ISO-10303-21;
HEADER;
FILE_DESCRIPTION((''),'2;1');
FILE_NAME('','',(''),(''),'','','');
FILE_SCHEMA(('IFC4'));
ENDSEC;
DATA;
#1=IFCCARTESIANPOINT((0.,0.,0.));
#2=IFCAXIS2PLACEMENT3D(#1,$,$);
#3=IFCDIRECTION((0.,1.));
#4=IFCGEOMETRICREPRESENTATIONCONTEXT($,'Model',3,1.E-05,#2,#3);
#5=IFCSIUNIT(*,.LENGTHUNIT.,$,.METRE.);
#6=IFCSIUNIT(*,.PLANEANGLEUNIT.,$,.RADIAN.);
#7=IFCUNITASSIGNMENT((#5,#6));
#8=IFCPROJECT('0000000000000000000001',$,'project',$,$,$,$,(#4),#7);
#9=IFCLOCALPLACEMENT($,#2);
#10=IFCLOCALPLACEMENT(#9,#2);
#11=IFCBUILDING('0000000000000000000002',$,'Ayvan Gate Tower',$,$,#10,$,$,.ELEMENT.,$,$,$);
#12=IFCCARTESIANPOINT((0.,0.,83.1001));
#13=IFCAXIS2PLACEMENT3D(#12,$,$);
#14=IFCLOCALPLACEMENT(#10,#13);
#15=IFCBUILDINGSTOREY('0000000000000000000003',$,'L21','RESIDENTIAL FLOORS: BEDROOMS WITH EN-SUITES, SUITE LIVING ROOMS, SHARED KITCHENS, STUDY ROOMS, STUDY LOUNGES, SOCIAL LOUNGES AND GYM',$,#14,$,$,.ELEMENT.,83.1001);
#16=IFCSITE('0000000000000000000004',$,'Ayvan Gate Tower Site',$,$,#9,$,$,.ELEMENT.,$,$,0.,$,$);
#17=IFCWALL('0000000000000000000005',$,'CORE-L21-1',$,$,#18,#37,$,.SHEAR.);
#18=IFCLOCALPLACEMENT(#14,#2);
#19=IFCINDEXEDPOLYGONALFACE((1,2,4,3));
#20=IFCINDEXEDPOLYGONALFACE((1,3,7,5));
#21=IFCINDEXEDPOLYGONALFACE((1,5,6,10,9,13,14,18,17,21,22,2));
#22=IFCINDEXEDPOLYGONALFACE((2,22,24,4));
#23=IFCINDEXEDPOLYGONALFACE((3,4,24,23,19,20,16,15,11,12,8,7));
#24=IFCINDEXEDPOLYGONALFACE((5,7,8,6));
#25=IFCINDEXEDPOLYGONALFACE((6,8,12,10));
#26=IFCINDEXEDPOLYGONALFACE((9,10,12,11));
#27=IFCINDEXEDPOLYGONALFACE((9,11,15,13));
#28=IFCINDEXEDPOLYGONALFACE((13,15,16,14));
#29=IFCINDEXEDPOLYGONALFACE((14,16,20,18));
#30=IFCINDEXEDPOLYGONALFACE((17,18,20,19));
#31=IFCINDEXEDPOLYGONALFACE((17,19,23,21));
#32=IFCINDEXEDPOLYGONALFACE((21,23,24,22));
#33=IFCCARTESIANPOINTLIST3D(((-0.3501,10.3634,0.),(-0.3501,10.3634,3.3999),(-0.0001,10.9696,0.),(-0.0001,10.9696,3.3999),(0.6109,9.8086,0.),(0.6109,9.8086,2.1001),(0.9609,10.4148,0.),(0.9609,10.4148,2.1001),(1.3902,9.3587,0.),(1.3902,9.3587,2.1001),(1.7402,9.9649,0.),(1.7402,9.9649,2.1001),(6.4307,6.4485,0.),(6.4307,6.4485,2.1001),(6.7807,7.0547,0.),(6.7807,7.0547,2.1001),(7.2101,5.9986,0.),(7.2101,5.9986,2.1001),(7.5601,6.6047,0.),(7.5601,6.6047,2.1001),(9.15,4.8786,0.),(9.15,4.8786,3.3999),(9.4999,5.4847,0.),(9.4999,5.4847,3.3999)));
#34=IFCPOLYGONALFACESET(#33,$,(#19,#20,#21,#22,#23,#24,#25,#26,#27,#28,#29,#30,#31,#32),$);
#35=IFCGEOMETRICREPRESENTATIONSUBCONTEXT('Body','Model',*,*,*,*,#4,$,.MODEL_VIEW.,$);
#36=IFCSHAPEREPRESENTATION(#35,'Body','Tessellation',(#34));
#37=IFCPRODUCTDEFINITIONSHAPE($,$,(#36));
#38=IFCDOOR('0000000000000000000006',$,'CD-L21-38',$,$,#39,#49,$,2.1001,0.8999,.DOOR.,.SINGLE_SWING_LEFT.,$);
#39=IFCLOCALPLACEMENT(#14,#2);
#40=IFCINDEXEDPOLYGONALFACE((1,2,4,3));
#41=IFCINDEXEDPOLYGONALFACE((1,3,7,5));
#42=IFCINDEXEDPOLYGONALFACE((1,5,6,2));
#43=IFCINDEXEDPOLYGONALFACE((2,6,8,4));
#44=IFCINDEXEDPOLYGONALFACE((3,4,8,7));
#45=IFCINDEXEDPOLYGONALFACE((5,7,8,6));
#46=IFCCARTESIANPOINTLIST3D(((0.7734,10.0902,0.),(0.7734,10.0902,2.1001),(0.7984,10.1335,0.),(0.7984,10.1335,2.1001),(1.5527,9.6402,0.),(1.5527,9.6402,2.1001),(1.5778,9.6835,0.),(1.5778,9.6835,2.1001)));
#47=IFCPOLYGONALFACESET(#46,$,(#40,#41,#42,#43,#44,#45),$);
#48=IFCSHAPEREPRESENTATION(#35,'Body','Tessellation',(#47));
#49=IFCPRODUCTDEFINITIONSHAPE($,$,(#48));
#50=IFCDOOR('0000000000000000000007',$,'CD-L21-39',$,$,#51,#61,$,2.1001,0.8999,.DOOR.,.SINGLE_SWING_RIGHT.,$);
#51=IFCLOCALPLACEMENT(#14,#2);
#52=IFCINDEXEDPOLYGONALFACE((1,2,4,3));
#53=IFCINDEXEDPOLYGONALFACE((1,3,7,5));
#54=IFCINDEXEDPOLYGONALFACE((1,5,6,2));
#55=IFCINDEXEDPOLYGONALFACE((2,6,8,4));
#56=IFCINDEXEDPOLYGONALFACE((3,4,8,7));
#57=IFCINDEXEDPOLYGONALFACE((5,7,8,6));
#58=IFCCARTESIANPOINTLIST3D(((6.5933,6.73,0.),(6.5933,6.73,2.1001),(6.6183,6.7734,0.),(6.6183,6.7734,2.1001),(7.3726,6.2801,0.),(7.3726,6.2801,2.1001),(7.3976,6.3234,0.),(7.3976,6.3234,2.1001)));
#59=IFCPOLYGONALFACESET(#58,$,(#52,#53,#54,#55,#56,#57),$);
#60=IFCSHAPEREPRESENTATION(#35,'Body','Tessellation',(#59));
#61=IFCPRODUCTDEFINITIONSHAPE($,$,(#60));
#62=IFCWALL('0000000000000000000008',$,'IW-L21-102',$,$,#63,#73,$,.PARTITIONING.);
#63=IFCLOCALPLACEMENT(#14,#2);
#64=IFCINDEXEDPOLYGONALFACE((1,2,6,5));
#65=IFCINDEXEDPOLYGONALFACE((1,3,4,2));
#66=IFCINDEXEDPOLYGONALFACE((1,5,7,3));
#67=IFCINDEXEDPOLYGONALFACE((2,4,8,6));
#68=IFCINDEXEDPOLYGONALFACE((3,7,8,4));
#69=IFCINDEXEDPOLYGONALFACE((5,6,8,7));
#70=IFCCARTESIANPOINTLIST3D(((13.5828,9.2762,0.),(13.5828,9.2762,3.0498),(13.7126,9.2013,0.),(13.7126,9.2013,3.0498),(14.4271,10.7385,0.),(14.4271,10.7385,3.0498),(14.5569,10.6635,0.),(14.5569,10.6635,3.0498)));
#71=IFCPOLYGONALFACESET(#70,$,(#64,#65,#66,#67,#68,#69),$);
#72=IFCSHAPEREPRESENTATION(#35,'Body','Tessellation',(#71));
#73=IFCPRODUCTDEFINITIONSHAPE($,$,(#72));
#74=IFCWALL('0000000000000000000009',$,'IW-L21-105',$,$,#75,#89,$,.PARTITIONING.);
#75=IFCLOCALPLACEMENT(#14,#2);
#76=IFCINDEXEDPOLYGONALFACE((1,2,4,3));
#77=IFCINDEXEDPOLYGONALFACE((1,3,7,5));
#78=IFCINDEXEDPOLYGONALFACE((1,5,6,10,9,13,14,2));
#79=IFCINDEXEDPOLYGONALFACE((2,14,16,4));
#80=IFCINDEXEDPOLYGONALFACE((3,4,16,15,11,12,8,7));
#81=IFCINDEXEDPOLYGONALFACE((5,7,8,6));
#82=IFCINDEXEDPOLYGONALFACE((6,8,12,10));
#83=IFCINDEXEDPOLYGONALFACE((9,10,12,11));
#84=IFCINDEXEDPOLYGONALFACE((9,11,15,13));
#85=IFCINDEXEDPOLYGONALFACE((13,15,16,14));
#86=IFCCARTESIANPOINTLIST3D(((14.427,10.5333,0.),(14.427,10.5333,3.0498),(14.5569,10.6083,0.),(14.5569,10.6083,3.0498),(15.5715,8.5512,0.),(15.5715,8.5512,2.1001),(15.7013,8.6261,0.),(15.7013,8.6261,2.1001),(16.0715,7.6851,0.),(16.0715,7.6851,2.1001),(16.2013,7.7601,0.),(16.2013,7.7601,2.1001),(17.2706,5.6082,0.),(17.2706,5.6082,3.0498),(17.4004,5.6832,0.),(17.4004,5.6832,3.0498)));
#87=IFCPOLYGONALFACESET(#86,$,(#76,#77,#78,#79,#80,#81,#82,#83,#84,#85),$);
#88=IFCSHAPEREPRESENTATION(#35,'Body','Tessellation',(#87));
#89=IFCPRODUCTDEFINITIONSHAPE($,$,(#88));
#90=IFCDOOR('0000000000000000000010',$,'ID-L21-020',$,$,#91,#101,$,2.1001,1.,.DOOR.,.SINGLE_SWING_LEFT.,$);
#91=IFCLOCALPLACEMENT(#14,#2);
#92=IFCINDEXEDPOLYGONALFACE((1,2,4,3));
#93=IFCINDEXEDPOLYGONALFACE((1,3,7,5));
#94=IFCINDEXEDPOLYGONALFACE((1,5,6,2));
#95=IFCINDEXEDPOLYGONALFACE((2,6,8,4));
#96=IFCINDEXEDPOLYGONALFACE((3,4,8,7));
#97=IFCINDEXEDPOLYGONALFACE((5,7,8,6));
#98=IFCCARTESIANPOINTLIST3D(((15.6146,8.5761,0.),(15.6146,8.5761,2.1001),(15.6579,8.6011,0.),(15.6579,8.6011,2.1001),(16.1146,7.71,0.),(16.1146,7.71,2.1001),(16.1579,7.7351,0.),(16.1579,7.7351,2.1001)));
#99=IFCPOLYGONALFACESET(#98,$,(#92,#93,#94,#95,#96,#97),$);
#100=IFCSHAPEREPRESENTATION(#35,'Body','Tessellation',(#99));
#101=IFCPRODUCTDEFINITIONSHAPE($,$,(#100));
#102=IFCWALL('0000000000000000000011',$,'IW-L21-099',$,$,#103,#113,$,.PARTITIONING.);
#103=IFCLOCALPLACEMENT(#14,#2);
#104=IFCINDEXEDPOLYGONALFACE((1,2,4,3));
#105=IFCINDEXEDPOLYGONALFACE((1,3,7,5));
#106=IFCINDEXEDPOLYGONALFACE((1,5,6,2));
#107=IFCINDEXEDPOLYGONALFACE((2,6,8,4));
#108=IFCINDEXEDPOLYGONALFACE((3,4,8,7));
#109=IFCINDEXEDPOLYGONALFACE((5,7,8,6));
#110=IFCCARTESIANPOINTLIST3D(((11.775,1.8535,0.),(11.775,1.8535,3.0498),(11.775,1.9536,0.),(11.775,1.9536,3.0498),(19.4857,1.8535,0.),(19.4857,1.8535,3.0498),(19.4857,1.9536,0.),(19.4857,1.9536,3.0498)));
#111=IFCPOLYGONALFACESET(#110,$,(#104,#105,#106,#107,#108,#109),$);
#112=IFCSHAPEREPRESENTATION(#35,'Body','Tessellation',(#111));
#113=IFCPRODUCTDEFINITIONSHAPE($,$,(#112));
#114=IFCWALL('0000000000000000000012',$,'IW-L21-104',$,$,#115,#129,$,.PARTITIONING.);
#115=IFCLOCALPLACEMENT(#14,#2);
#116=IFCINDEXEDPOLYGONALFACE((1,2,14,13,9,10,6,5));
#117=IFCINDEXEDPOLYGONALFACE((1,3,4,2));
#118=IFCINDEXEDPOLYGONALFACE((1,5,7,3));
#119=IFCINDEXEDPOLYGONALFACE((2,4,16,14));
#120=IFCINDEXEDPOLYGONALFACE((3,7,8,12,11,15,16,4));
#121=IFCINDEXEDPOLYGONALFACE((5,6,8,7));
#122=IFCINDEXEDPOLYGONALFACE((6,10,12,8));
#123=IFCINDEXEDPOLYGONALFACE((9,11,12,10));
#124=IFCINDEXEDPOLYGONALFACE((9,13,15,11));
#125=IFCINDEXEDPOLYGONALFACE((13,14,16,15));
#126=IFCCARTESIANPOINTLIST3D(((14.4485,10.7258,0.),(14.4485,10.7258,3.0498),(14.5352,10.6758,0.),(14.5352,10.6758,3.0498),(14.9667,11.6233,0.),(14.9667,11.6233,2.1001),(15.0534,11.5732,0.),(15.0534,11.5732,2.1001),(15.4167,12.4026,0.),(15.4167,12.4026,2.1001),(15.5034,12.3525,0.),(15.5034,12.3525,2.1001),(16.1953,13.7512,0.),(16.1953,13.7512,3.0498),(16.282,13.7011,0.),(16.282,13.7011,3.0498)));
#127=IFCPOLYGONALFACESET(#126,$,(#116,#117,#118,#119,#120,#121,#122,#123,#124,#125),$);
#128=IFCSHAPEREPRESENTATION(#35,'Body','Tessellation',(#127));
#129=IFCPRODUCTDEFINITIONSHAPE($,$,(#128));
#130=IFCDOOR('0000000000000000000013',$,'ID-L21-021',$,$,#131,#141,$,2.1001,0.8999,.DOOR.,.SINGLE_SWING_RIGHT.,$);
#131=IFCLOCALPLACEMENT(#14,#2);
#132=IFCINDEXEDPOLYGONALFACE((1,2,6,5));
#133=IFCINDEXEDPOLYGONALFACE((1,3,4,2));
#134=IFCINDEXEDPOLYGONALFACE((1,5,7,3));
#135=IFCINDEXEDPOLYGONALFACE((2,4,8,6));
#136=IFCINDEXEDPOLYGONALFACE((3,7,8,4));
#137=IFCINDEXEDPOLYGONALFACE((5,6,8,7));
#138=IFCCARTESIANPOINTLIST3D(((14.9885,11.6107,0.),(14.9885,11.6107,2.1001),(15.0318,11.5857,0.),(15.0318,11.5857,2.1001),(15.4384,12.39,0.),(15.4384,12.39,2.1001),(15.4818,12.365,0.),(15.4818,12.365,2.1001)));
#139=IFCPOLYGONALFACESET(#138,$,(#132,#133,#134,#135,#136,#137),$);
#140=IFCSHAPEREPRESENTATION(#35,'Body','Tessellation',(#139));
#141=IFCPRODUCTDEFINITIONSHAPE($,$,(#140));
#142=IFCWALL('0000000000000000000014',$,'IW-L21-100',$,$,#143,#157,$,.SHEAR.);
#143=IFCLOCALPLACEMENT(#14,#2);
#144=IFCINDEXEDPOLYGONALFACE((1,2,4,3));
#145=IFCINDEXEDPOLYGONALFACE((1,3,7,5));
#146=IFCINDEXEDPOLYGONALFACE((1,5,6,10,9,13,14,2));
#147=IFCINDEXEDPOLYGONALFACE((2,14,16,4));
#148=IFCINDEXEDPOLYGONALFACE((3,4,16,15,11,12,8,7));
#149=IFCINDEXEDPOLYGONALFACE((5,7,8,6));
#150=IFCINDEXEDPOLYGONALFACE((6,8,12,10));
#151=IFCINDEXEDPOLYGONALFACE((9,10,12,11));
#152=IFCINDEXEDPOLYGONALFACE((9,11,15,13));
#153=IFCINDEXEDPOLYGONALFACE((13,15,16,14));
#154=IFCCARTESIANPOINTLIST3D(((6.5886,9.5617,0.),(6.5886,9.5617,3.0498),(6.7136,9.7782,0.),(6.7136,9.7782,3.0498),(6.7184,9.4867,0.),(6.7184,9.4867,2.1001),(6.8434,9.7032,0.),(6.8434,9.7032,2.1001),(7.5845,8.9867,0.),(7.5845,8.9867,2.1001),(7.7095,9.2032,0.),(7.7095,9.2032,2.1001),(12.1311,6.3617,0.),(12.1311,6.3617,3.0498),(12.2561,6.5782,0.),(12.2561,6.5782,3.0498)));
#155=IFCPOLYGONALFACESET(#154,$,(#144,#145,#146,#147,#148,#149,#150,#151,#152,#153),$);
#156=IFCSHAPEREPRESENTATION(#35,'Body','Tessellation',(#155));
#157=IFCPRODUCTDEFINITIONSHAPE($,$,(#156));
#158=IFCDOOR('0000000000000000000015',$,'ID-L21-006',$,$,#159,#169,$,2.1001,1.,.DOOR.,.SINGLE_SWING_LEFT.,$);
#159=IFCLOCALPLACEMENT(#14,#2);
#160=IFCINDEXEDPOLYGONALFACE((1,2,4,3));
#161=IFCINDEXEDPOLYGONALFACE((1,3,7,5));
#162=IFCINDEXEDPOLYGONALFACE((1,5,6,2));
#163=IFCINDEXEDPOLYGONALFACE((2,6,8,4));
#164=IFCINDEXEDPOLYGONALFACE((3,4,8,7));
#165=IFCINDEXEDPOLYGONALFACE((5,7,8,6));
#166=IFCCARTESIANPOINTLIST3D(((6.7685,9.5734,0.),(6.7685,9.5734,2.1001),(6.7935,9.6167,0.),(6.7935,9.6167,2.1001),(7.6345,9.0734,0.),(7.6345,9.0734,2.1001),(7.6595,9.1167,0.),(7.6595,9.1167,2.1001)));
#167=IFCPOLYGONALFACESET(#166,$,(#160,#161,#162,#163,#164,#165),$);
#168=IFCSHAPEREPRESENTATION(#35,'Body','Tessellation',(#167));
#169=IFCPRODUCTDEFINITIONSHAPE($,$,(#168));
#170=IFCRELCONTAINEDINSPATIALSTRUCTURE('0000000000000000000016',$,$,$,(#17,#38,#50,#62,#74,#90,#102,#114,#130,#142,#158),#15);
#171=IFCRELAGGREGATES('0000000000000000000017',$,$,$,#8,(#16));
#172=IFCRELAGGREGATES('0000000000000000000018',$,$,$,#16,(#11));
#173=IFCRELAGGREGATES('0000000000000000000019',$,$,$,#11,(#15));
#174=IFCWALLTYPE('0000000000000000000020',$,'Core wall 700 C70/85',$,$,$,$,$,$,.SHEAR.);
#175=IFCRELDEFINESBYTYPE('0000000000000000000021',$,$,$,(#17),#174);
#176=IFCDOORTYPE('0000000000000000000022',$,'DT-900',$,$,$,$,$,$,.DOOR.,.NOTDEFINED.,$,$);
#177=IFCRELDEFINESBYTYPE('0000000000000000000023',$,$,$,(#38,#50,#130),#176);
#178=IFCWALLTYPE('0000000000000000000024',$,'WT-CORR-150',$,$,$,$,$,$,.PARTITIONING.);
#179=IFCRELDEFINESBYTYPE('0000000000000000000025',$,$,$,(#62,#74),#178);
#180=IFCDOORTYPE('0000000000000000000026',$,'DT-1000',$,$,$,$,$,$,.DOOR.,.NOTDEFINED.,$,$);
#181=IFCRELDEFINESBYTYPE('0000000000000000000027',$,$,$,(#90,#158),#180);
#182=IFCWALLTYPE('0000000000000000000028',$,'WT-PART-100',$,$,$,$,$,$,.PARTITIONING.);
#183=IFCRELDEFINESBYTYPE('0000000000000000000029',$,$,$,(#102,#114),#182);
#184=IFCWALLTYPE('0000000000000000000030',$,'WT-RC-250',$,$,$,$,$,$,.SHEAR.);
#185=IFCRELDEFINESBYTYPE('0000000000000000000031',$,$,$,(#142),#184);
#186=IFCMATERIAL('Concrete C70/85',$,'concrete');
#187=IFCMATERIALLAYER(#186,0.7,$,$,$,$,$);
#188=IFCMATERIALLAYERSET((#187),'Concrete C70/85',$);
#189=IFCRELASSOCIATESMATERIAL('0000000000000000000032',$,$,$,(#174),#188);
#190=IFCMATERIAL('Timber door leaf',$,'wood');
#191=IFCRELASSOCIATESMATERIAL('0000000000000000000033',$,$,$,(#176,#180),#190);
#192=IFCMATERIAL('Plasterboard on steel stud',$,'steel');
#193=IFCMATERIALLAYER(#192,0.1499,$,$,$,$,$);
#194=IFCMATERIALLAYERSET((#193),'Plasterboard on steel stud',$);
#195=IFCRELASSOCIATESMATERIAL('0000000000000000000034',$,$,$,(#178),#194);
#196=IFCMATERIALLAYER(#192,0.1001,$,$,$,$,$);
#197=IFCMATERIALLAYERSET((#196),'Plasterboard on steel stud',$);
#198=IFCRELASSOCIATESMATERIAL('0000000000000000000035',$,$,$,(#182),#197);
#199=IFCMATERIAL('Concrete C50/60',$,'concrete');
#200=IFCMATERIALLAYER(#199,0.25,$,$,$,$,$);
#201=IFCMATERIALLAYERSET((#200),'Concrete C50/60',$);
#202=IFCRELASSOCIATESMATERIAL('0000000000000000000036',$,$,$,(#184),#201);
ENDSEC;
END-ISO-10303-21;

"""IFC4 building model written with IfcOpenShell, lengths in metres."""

from ifc_helpers import new_model, si_unit, direction, frame, frame_2d, origin, place, context, subcontext, project, spatial, rectangle, extrude, material, layer, layer_set, type_object, element, fill, save


model = new_model("IFC4")

# Units and contexts
model_context = context("Model", 3, precision=1e-05, world=origin(), true_north=direction((0.0, 1.0)))
body_context = subcontext(model_context, "Body", "Model", "MODEL_VIEW")
ifc_project = project(units=[si_unit("LENGTHUNIT", "METRE"), si_unit("PLANEANGLEUNIT", "RADIAN")], contexts=[model_context])

# Site, building, storey
site_placement = place(None, origin())
site = spatial("IfcSite", under=ifc_project, at=site_placement, Name="Ayvan Gate Tower Site", CompositionType="ELEMENT", RefElevation=0.0)
building_placement = place(site_placement, origin())
building = spatial("IfcBuilding", under=site, at=building_placement, Name="Ayvan Gate Tower", CompositionType="ELEMENT")
storey_placement = place(building_placement, frame((0.0, 0.0, 83.1001)))
storey = spatial("IfcBuildingStorey", under=building, at=storey_placement, Name="L21", Description="RESIDENTIAL FLOORS: BEDROOMS WITH EN-SUITES, SUITE LIVING ROOMS, SHARED KITCHENS, STUDY ROOMS, STUDY LOUNGES, SOCIAL LOUNGES AND GYM", CompositionType="ELEMENT", Elevation=83.1001)

# Wall, openings, doors
ifc_material_1 = material(Name="Concrete C70/85", Category="concrete")
ifc_layer_1 = layer(ifc_material_1, 0.7)
ifc_layer_set_1 = layer_set([ifc_layer_1], Name="Concrete C70/85")
wall_type_1 = type_object("IfcWallType", Name="Core wall 700 C70/85", PredefinedType="SHEAR", material=ifc_layer_set_1)
wall_1_placement = place(storey_placement, frame((9.325, 5.1816, 0.0), z_axis=(0.0, 0.0, 1.0), x_axis=(-0.866024, 0.500002, 0.0)))
wall_1 = element("IfcWall", 1, at=wall_1_placement, inside=storey, type_object=wall_type_1, Name="CORE-L21-1", PredefinedType="SHEAR", context=body_context, shape_type="SweptSolid", body=[
    extrude(rectangle(XDim=10.9697, YDim=0.7, at=frame_2d((5.4849, 0.0))), origin(), (0.0, 0.0, 1.0), 3.3999),
])
opening_1_placement = place(wall_1_placement, frame((8.9602, 0.0, 0.0)))
opening_1 = element("IfcOpeningElement", 2, at=opening_1_placement, cuts=wall_1, PredefinedType="OPENING", context=body_context, shape_type="SweptSolid", body=[
    extrude(rectangle(XDim=0.8999, YDim=2.1001, at=frame_2d((0.45, 1.05))), frame((0.0, 0.3599, 0.0), z_axis=(0.0, -1.0, 0.0), x_axis=(1.0, 0.0, 0.0)), (0.0, 0.0, 1.0), 0.72),
])
opening_2_placement = place(wall_1_placement, frame((2.24, 0.0, 0.0)))
opening_2 = element("IfcOpeningElement", 3, at=opening_2_placement, cuts=wall_1, PredefinedType="OPENING", context=body_context, shape_type="SweptSolid", body=[
    extrude(rectangle(XDim=0.8999, YDim=2.1001, at=frame_2d((0.45, 1.05))), frame((0.0, 0.3599, 0.0), z_axis=(0.0, -1.0, 0.0), x_axis=(1.0, 0.0, 0.0)), (0.0, 0.0, 1.0), 0.72),
])
ifc_material_2 = material(Name="Timber door leaf", Category="wood")
door_type_1 = type_object("IfcDoorType", Name="DT-900", OperationType="NOTDEFINED", PredefinedType="DOOR", material=ifc_material_2)
door_1_placement = place(opening_1_placement, origin())
door_1 = element("IfcDoor", 4, at=door_1_placement, inside=storey, type_object=door_type_1, Name="CD-L21-38", OperationType="SINGLE_SWING_LEFT", OverallHeight=2.1001, OverallWidth=0.8999, PredefinedType="DOOR", context=body_context, shape_type="SweptSolid", body=[
    extrude(rectangle(XDim=0.8999, YDim=2.1001, at=frame_2d((0.45, 1.05))), frame((0.0, 0.0249, 0.0), z_axis=(0.0, -1.0, 0.0), x_axis=(1.0, 0.0, 0.0)), (0.0, 0.0, 1.0), 0.05),
])
fill(opening_1, door_1)
door_2_placement = place(opening_2_placement, origin())
door_2 = element("IfcDoor", 5, at=door_2_placement, inside=storey, type_object=door_type_1, Name="CD-L21-39", OperationType="SINGLE_SWING_RIGHT", OverallHeight=2.1001, OverallWidth=0.8999, PredefinedType="DOOR", context=body_context, shape_type="SweptSolid", body=[
    extrude(rectangle(XDim=0.8999, YDim=2.1001, at=frame_2d((0.45, 1.05))), frame((0.0, 0.0249, 0.0), z_axis=(0.0, -1.0, 0.0), x_axis=(1.0, 0.0, 0.0)), (0.0, 0.0, 1.0), 0.05),
])
fill(opening_2, door_2)

# Wall
ifc_material_3 = material(Name="Plasterboard on steel stud", Category="steel")
ifc_layer_2 = layer(ifc_material_3, 0.1499)
ifc_layer_set_2 = layer_set([ifc_layer_2], Name="Plasterboard on steel stud")
wall_type_2 = type_object("IfcWallType", Name="WT-CORR-150", PredefinedType="PARTITIONING", material=ifc_layer_set_2)
wall_2_placement = place(storey_placement, frame((13.6477, 9.2388, 0.0), z_axis=(0.0, 0.0, 1.0), x_axis=(0.500027, 0.86601, 0.0)))
element("IfcWall", 6, at=wall_2_placement, inside=storey, type_object=wall_type_2, Name="IW-L21-102", PredefinedType="PARTITIONING", context=body_context, shape_type="SweptSolid", body=[
    extrude(rectangle(XDim=1.6885, YDim=0.1499, at=frame_2d((0.8442, 0.0))), origin(), (0.0, 0.0, 1.0), 3.0498),
])

# Wall, opening, door
wall_3_placement = place(storey_placement, frame((14.4919, 10.5708, 0.0), z_axis=(0.0, 0.0, 1.0), x_axis=(0.500004, -0.866023, 0.0)))
wall_3 = element("IfcWall", 7, at=wall_3_placement, inside=storey, type_object=wall_type_2, Name="IW-L21-105", PredefinedType="PARTITIONING", context=body_context, shape_type="SweptSolid", body=[
    extrude(rectangle(XDim=5.687, YDim=0.1499, at=frame_2d((2.8435, 0.0))), origin(), (0.0, 0.0, 1.0), 3.0498),
])
opening_3_placement = place(wall_3_placement, frame((2.2888, 0.0, 0.0)))
opening_3 = element("IfcOpeningElement", 8, at=opening_3_placement, cuts=wall_3, PredefinedType="OPENING", context=body_context, shape_type="SweptSolid", body=[
    extrude(rectangle(XDim=1.0, YDim=2.1001, at=frame_2d((0.5, 1.05))), frame((0.0, 0.085, 0.0), z_axis=(0.0, -1.0, 0.0), x_axis=(1.0, 0.0, 0.0)), (0.0, 0.0, 1.0), 0.1699),
])
door_type_2 = type_object("IfcDoorType", Name="DT-1000", OperationType="NOTDEFINED", PredefinedType="DOOR", material=ifc_material_2)
door_3_placement = place(opening_3_placement, origin())
door_3 = element("IfcDoor", 9, at=door_3_placement, inside=storey, type_object=door_type_2, Name="ID-L21-020", OperationType="SINGLE_SWING_LEFT", OverallHeight=2.1001, OverallWidth=1.0, PredefinedType="DOOR", context=body_context, shape_type="SweptSolid", body=[
    extrude(rectangle(XDim=1.0, YDim=2.1001, at=frame_2d((0.5, 1.05))), frame((0.0, 0.0249, 0.0), z_axis=(0.0, -1.0, 0.0), x_axis=(1.0, 0.0, 0.0)), (0.0, 0.0, 1.0), 0.05),
])
fill(opening_3, door_3)

# Wall
ifc_layer_3 = layer(ifc_material_3, 0.1001)
ifc_layer_set_3 = layer_set([ifc_layer_3], Name="Plasterboard on steel stud")
wall_type_3 = type_object("IfcWallType", Name="WT-PART-100", PredefinedType="PARTITIONING", material=ifc_layer_set_3)
wall_4_placement = place(storey_placement, frame((11.7749, 1.9036, 0.0), z_axis=(0.0, 0.0, 1.0), x_axis=(1.0, 0.0, 0.0)))
element("IfcWall", 10, at=wall_4_placement, inside=storey, type_object=wall_type_3, Name="IW-L21-099", PredefinedType="PARTITIONING", context=body_context, shape_type="SweptSolid", body=[
    extrude(rectangle(XDim=7.7107, YDim=0.1001, at=frame_2d((3.8555, 0.0))), origin(), (0.0, 0.0, 1.0), 3.0498),
])

# Walls, openings, doors
wall_5_placement = place(storey_placement, frame((14.4919, 10.7009, 0.0), z_axis=(0.0, 0.0, 1.0), x_axis=(0.500025, 0.866011, 0.0)))
wall_5 = element("IfcWall", 11, at=wall_5_placement, inside=storey, type_object=wall_type_3, Name="IW-L21-104", PredefinedType="PARTITIONING", context=body_context, shape_type="SweptSolid", body=[
    extrude(rectangle(XDim=3.4934, YDim=0.1001, at=frame_2d((1.7466, 0.0))), origin(), (0.0, 0.0, 1.0), 3.0498),
])
opening_4_placement = place(wall_5_placement, frame((1.0361, 0.0, 0.0)))
opening_4 = element("IfcOpeningElement", 12, at=opening_4_placement, cuts=wall_5, PredefinedType="OPENING", context=body_context, shape_type="SweptSolid", body=[
    extrude(rectangle(XDim=0.8999, YDim=2.1001, at=frame_2d((0.45, 1.05))), frame((0.0, 0.0601, 0.0), z_axis=(0.0, -1.0, 0.0), x_axis=(1.0, 0.0, 0.0)), (0.0, 0.0, 1.0), 0.1201),
])
door_4_placement = place(opening_4_placement, origin())
door_4 = element("IfcDoor", 13, at=door_4_placement, inside=storey, type_object=door_type_1, Name="ID-L21-021", OperationType="SINGLE_SWING_RIGHT", OverallHeight=2.1001, OverallWidth=0.8999, PredefinedType="DOOR", context=body_context, shape_type="SweptSolid", body=[
    extrude(rectangle(XDim=0.8999, YDim=2.1001, at=frame_2d((0.45, 1.05))), frame((0.0, 0.0249, 0.0), z_axis=(0.0, -1.0, 0.0), x_axis=(1.0, 0.0, 0.0)), (0.0, 0.0, 1.0), 0.05),
])
fill(opening_4, door_4)
ifc_material_4 = material(Name="Concrete C50/60", Category="concrete")
ifc_layer_4 = layer(ifc_material_4, 0.25)
ifc_layer_set_4 = layer_set([ifc_layer_4], Name="Concrete C50/60")
wall_type_4 = type_object("IfcWallType", Name="WT-RC-250", PredefinedType="SHEAR", material=ifc_layer_set_4)
wall_6_placement = place(storey_placement, frame((12.1936, 6.47, 0.0), z_axis=(0.0, 0.0, 1.0), x_axis=(-0.866025, 0.5, 0.0)))
wall_6 = element("IfcWall", 14, at=wall_6_placement, inside=storey, type_object=wall_type_4, Name="IW-L21-100", PredefinedType="SHEAR", context=body_context, shape_type="SweptSolid", body=[
    extrude(rectangle(XDim=6.3999, YDim=0.25, at=frame_2d((3.2, 0.0))), origin(), (0.0, 0.0, 1.0), 3.0498),
])
opening_5_placement = place(wall_6_placement, frame((5.25, 0.0, 0.0)))
opening_5 = element("IfcOpeningElement", 15, at=opening_5_placement, cuts=wall_6, PredefinedType="OPENING", context=body_context, shape_type="SweptSolid", body=[
    extrude(rectangle(XDim=1.0, YDim=2.1001, at=frame_2d((0.5, 1.05))), frame((0.0, 0.135, 0.0), z_axis=(0.0, -1.0, 0.0), x_axis=(1.0, 0.0, 0.0)), (0.0, 0.0, 1.0), 0.27),
])
door_5_placement = place(opening_5_placement, origin())
door_5 = element("IfcDoor", 16, at=door_5_placement, inside=storey, type_object=door_type_2, Name="ID-L21-006", OperationType="SINGLE_SWING_LEFT", OverallHeight=2.1001, OverallWidth=1.0, PredefinedType="DOOR", context=body_context, shape_type="SweptSolid", body=[
    extrude(rectangle(XDim=1.0, YDim=2.1001, at=frame_2d((0.5, 1.05))), frame((0.0, 0.0249, 0.0), z_axis=(0.0, -1.0, 0.0), x_axis=(1.0, 0.0, 0.0)), (0.0, 0.0, 1.0), 0.05),
])
fill(opening_5, door_5)

save(model, "model.ifc")
